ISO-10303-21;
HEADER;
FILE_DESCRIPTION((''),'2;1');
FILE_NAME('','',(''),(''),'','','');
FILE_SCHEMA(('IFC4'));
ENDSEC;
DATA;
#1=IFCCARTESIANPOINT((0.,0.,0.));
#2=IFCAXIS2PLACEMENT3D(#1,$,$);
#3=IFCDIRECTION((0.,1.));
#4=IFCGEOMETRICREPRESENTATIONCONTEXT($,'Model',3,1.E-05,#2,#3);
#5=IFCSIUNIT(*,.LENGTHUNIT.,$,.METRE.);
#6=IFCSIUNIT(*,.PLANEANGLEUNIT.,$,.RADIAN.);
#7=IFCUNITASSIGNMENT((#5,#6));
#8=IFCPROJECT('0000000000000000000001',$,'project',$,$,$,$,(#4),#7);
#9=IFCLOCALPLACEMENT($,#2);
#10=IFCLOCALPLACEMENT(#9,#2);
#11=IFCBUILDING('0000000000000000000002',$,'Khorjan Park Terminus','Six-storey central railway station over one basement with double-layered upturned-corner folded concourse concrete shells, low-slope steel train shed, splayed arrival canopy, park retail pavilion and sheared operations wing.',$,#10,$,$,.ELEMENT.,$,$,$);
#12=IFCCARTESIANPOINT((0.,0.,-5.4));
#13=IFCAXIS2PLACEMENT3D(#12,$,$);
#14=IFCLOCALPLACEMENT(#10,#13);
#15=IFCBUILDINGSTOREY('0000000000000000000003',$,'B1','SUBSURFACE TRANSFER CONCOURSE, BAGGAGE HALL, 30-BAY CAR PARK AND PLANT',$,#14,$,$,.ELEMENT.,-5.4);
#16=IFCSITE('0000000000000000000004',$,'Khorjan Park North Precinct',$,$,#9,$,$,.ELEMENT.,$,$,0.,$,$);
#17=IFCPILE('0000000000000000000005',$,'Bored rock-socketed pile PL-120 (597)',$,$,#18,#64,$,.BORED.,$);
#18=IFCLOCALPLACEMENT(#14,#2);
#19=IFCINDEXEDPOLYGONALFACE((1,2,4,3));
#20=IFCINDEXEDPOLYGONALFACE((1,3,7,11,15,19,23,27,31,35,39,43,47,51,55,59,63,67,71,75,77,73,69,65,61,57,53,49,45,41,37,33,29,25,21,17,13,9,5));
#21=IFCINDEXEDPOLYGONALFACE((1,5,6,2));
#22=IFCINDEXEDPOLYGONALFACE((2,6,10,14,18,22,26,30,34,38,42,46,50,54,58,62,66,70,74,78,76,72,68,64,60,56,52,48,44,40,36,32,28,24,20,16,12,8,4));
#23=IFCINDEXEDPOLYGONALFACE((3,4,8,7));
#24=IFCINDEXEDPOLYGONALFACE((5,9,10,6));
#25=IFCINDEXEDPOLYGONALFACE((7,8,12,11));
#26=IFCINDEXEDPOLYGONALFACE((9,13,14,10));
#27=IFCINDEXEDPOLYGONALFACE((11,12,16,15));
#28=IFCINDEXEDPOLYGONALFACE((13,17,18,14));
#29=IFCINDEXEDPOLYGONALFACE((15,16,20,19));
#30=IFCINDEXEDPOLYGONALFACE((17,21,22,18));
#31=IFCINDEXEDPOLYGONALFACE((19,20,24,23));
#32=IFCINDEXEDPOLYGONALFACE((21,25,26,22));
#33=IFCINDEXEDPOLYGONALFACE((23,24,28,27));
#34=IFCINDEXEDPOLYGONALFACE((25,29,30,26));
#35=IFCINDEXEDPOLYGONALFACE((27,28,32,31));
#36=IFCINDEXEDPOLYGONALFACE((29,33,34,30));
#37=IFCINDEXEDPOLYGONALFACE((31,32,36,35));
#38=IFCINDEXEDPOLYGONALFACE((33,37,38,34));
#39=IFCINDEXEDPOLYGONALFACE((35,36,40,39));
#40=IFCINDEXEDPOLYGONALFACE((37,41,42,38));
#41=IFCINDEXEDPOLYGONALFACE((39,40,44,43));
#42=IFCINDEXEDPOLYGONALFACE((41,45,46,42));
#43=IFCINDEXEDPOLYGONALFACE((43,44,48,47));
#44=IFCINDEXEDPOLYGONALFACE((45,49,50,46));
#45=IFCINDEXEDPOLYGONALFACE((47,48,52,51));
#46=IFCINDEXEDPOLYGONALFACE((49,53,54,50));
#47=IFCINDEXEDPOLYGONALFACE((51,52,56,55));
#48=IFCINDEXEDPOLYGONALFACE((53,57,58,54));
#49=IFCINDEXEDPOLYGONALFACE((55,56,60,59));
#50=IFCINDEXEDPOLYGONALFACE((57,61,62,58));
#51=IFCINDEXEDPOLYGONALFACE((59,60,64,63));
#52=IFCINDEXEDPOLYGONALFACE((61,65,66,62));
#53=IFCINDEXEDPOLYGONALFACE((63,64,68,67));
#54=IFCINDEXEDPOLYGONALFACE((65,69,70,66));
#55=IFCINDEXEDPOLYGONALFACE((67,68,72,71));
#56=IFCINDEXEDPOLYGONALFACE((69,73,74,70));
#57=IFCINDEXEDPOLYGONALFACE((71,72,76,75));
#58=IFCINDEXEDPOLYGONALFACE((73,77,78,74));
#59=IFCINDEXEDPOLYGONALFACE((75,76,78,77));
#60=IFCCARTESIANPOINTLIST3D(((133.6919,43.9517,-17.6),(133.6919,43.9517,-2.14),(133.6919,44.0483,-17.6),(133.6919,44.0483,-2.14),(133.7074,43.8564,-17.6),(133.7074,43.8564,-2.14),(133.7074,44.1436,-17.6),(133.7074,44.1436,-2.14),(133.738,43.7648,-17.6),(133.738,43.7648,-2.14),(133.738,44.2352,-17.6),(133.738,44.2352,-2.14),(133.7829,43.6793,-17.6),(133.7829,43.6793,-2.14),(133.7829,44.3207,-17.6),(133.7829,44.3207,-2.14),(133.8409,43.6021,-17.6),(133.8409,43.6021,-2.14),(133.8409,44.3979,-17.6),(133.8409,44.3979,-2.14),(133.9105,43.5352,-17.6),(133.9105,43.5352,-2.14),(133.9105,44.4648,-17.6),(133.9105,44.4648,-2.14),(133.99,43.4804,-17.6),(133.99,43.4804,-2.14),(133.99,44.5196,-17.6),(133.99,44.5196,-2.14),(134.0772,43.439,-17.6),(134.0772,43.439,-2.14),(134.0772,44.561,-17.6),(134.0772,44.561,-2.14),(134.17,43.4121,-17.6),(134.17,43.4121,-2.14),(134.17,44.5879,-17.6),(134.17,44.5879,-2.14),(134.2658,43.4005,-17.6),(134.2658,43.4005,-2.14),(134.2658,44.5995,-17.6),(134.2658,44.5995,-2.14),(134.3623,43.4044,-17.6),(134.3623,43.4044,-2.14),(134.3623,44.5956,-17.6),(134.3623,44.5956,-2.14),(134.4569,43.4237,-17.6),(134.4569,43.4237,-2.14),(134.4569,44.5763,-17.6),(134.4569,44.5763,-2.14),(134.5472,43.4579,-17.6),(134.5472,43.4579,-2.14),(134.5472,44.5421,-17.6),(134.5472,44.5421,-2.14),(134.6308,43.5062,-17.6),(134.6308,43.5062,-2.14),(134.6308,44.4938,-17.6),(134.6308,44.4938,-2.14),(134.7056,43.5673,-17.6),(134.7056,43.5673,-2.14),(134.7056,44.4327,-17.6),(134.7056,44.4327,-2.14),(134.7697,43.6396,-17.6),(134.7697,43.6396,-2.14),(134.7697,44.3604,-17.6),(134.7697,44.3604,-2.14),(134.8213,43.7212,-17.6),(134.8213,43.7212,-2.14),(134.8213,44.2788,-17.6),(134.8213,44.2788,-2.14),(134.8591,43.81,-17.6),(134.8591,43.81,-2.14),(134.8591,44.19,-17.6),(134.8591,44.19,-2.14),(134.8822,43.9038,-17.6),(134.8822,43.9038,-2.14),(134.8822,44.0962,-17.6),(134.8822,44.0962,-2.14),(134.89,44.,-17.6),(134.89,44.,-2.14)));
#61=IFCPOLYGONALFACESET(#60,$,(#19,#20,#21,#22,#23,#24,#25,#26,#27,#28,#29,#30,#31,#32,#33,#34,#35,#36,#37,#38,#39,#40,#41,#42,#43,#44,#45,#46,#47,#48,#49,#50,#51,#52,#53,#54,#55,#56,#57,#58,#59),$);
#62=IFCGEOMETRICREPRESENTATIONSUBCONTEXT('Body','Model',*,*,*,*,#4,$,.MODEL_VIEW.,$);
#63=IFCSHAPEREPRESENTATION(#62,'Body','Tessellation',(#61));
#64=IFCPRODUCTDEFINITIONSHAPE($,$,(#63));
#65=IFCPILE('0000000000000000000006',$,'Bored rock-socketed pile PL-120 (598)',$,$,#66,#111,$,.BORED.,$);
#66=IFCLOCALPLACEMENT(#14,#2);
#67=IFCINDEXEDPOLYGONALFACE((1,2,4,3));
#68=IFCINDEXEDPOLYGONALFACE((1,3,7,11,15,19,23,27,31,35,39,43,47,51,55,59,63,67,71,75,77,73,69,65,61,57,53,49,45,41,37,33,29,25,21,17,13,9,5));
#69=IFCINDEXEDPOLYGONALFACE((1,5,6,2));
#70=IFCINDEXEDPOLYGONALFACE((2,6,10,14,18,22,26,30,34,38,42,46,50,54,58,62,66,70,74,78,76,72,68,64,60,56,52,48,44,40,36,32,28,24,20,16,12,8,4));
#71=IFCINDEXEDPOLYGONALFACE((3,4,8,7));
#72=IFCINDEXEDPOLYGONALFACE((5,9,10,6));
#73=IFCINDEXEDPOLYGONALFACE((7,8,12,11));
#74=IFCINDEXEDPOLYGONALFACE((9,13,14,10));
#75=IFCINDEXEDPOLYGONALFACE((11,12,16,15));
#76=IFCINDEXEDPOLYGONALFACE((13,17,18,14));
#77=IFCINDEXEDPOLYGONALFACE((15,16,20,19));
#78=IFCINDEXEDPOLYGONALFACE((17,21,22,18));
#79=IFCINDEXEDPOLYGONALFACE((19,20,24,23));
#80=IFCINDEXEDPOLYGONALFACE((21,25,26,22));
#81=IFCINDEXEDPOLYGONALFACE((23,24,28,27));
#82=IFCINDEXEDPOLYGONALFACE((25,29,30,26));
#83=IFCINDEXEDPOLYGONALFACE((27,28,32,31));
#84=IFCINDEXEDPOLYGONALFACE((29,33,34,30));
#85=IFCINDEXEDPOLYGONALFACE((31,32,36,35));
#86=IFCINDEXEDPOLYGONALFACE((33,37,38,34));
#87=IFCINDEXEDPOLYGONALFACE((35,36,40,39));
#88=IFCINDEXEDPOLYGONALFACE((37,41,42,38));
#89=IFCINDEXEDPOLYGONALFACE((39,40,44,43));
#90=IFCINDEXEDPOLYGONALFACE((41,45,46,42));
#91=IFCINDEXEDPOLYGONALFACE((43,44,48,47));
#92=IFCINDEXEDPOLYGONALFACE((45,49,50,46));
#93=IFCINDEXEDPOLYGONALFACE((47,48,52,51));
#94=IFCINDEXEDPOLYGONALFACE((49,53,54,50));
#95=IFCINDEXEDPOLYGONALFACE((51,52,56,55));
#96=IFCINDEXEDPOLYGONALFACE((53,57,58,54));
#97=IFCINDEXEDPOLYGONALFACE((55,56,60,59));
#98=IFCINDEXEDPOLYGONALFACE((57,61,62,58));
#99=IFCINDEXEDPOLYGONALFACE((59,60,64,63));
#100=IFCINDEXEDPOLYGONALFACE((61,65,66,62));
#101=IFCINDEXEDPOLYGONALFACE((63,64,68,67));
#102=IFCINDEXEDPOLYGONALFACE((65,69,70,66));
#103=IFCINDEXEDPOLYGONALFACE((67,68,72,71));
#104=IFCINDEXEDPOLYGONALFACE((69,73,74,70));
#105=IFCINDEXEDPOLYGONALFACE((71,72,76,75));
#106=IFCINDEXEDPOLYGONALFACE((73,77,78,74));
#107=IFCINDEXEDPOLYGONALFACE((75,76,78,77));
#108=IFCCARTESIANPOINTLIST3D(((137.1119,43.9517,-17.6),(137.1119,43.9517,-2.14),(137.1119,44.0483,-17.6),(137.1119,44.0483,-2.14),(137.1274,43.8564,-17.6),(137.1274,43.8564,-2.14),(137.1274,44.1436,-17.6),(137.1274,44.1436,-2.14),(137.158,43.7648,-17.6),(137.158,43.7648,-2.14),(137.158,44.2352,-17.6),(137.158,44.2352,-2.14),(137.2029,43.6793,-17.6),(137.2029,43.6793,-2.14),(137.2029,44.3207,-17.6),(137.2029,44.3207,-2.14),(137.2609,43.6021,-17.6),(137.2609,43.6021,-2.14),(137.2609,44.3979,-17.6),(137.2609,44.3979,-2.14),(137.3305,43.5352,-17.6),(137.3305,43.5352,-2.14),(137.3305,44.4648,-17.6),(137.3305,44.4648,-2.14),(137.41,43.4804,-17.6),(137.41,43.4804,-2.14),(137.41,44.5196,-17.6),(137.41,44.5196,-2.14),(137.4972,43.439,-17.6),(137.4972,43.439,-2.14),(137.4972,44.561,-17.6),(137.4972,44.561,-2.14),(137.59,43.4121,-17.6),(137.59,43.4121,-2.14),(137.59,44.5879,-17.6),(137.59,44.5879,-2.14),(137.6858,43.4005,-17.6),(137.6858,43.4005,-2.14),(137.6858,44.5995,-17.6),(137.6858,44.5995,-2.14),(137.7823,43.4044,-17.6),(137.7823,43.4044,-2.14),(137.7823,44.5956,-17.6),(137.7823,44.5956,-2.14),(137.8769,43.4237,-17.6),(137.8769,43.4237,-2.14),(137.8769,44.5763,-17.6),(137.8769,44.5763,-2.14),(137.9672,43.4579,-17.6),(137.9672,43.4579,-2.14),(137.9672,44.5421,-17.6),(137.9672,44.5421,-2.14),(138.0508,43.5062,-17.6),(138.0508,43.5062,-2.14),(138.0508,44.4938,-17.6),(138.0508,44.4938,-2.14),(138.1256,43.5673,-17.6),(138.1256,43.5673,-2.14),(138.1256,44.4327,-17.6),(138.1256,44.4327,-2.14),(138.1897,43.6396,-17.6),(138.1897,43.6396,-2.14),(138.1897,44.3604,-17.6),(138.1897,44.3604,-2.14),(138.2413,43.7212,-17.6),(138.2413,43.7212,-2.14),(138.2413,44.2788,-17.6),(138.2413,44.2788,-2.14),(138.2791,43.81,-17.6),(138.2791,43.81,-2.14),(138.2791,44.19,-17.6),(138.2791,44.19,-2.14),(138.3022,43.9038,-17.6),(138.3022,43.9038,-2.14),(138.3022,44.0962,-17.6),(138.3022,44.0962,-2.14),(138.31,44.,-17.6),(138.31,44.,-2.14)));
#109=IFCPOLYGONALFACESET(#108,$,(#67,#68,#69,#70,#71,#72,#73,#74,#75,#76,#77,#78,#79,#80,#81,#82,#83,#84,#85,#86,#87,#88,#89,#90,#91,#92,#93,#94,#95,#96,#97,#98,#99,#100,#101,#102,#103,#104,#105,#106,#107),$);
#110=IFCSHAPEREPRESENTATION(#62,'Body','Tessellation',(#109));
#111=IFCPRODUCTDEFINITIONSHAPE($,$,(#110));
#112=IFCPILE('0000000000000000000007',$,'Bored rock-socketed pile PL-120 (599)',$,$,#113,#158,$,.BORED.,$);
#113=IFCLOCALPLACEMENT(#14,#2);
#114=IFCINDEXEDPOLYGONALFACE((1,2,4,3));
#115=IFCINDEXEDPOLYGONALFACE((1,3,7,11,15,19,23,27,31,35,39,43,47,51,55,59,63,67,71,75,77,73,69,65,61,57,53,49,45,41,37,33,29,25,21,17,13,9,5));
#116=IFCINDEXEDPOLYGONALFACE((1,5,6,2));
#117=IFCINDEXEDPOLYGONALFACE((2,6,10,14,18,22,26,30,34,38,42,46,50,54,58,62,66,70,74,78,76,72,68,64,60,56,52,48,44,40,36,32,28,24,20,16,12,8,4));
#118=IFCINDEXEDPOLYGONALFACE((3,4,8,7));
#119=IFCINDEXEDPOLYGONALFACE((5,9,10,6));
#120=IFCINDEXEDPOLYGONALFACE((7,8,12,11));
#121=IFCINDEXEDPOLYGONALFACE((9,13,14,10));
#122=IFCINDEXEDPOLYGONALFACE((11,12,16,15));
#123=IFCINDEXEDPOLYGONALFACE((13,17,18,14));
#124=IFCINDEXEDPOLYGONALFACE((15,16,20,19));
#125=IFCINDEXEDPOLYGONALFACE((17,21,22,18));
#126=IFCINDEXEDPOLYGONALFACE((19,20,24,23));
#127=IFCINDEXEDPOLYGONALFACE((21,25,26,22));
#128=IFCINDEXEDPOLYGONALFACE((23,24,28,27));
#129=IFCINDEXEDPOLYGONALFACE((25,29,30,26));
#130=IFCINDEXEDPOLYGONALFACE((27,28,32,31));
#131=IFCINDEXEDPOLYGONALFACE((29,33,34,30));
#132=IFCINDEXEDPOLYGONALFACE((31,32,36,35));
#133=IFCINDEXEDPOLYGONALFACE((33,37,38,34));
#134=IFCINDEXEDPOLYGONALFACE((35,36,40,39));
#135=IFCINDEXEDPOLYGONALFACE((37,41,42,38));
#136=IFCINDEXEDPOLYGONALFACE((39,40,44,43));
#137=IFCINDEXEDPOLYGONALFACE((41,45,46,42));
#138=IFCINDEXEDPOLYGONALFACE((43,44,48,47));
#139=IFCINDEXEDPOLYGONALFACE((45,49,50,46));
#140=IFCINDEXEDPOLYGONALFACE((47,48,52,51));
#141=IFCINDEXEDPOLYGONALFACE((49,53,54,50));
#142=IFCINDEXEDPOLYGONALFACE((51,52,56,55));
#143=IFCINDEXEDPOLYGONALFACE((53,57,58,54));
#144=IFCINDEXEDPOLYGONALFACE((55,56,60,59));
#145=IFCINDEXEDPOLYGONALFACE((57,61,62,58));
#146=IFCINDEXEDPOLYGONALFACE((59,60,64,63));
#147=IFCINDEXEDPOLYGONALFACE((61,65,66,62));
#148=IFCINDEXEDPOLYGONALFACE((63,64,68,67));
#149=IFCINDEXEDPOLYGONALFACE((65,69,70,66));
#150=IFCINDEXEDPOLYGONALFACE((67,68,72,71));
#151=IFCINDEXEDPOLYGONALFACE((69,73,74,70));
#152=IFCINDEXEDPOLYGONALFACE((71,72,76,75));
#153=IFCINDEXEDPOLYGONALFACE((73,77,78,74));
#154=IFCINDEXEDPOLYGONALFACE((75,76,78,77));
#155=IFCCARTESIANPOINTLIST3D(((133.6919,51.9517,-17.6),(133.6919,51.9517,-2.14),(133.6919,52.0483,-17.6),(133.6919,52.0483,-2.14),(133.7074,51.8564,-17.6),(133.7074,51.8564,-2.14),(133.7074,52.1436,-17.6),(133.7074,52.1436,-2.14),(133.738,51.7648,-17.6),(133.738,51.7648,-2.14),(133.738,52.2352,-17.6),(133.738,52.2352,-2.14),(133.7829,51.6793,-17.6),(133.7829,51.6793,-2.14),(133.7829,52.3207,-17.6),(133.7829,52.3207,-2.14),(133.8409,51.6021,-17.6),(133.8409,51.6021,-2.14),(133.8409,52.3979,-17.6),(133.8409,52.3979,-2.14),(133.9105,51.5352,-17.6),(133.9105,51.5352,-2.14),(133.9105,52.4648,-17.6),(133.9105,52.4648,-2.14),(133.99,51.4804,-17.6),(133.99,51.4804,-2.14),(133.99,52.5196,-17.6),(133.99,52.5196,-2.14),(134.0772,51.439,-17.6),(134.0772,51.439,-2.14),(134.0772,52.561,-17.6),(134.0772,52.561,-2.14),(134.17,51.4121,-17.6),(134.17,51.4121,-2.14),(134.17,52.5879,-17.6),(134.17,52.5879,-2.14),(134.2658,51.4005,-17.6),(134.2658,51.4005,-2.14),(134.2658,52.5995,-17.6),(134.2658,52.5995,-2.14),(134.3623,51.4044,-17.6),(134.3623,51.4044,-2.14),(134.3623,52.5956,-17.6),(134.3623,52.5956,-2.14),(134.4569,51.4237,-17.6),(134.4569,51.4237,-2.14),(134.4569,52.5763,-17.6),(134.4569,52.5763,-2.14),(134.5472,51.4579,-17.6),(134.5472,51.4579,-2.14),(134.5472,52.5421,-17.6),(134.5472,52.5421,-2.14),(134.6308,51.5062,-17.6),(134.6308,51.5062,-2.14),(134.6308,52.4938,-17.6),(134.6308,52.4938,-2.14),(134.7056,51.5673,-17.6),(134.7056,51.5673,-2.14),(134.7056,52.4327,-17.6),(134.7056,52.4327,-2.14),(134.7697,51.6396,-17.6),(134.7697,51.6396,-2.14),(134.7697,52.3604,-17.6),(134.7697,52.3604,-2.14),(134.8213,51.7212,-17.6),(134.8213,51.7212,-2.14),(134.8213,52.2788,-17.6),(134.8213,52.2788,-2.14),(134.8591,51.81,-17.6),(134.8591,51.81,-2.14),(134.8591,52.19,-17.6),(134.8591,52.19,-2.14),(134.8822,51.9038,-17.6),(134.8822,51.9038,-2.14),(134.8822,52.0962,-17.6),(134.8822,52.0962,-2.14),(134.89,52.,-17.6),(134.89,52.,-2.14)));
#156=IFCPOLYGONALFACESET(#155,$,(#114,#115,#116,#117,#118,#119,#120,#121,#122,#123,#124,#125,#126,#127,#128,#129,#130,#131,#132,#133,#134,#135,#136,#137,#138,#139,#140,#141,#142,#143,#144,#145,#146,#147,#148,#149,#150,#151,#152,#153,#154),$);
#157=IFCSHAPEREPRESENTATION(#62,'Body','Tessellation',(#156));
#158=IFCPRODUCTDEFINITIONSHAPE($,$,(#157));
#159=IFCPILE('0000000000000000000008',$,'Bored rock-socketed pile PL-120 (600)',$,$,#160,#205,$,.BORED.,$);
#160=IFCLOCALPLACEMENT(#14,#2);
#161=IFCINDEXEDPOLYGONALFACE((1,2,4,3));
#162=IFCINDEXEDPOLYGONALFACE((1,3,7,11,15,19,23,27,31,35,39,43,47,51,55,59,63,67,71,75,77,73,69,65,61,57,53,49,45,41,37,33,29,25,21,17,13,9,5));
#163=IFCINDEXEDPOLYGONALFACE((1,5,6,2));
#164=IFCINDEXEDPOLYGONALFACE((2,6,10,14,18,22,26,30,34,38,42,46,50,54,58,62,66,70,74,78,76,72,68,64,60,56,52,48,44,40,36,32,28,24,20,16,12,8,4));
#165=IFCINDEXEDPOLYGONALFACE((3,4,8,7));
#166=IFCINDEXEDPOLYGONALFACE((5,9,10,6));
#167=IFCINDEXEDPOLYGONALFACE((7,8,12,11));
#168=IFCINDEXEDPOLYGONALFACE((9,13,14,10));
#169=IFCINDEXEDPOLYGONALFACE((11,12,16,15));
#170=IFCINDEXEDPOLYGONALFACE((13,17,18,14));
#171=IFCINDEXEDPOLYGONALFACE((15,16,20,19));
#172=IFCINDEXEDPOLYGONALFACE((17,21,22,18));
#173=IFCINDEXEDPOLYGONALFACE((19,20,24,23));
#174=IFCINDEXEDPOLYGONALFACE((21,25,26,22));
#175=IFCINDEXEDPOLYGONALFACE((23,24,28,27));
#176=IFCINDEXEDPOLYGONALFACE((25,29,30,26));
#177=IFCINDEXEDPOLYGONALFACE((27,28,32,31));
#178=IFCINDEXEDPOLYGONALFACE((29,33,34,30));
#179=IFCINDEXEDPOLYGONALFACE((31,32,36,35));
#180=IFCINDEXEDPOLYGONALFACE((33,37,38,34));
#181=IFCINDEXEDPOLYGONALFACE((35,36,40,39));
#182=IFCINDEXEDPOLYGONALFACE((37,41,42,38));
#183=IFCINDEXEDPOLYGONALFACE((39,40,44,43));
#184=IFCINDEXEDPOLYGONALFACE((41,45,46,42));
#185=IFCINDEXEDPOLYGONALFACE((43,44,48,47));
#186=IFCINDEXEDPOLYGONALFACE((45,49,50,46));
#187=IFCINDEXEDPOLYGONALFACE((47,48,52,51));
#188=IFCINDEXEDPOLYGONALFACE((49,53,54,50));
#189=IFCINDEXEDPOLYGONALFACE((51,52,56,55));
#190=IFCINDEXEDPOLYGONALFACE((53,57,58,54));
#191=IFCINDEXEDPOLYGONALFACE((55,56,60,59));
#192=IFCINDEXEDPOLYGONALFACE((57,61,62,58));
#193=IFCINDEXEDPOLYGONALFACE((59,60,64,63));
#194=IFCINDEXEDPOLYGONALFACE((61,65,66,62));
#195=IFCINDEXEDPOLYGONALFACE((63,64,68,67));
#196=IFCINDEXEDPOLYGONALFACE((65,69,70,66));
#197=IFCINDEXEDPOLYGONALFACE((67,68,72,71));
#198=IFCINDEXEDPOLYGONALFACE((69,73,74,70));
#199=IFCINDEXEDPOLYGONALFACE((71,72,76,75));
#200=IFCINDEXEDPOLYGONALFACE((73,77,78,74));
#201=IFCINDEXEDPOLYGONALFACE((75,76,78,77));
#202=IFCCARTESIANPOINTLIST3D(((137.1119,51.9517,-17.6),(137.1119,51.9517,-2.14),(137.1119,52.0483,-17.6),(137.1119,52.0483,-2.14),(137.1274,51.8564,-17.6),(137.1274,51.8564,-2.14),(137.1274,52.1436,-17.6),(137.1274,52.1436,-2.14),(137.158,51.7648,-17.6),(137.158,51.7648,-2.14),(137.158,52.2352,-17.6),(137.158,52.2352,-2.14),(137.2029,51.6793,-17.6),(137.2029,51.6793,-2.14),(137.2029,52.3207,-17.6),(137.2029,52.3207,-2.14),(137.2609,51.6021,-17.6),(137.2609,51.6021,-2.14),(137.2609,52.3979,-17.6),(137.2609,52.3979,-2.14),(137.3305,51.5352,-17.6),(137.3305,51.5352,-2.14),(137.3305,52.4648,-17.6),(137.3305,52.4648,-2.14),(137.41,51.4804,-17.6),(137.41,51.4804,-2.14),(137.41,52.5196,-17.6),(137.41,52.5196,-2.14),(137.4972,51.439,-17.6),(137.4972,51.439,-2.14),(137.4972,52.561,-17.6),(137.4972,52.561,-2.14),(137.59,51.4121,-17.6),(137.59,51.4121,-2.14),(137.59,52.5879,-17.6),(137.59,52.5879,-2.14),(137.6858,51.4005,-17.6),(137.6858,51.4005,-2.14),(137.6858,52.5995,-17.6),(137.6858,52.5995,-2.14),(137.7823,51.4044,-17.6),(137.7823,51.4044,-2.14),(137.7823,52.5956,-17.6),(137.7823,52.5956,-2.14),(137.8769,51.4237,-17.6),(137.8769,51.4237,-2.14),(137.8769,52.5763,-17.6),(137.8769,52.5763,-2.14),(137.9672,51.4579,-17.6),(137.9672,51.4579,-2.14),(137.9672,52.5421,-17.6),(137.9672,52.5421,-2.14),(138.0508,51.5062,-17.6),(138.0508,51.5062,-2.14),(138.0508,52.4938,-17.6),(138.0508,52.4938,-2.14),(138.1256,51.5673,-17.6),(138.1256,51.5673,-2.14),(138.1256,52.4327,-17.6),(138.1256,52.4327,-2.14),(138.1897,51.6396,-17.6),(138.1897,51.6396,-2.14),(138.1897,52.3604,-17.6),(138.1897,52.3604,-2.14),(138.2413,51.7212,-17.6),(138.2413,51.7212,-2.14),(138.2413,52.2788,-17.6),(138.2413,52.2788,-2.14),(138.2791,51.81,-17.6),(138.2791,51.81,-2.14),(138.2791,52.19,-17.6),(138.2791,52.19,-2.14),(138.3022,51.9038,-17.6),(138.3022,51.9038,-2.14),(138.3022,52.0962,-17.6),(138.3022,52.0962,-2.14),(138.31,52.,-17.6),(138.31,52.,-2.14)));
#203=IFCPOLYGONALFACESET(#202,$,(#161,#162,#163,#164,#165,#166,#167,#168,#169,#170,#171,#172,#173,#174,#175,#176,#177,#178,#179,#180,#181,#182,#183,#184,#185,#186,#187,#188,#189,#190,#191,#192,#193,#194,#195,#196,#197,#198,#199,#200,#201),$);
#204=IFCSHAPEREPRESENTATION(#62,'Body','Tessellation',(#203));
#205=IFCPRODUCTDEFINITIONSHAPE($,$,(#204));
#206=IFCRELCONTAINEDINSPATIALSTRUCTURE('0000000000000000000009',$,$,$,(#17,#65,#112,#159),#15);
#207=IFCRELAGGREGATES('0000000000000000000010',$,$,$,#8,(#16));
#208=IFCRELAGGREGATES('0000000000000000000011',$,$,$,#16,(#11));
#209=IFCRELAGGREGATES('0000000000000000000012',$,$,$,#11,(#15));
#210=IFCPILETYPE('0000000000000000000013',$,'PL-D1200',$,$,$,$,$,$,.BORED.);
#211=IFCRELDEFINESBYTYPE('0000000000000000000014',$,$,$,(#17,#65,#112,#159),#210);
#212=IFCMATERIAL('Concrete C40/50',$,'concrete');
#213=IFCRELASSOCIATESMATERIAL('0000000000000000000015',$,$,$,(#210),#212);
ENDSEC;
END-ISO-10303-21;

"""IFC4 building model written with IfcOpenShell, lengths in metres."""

from ifc_helpers import new_model, si_unit, direction, frame, origin, origin_2d, place, context, subcontext, project, spatial, circle, extrude, material, material_profile, profile_set, type_object, element, save


model = new_model("IFC4")

# Units and contexts
model_context = context("Model", 3, precision=1e-05, world=origin(), true_north=direction((0.0, 1.0)))
body_context = subcontext(model_context, "Body", "Model", "MODEL_VIEW")
ifc_project = project(units=[si_unit("LENGTHUNIT", "METRE"), si_unit("PLANEANGLEUNIT", "RADIAN")], contexts=[model_context])

# Site, building, storey
site_placement = place(None, origin())
site = spatial("IfcSite", under=ifc_project, at=site_placement, Name="Khorjan Park North Precinct", CompositionType="ELEMENT", RefElevation=0.0)
building_placement = place(site_placement, origin())
building = spatial("IfcBuilding", under=site, at=building_placement, Name="Khorjan Park Terminus", Description="Six-storey central railway station over one basement with double-layered upturned-corner folded concourse concrete shells, low-slope steel train shed, splayed arrival canopy, park retail pavilion and sheared operations wing.", CompositionType="ELEMENT")
storey_placement = place(building_placement, frame((0.0, 0.0, -5.4)))
storey = spatial("IfcBuildingStorey", under=building, at=storey_placement, Name="B1", Description="SUBSURFACE TRANSFER CONCOURSE, BAGGAGE HALL, 30-BAY CAR PARK AND PLANT", CompositionType="ELEMENT", Elevation=-5.4)

# Piles
ifc_material_1 = material(Name="Concrete C40/50", Category="concrete")
ifc_material_profile_1 = material_profile(ifc_material_1, circle(Radius=0.6, at=origin_2d()), Name="BORED D1200")
ifc_profile_set_1 = profile_set([ifc_material_profile_1], Name="Concrete C40/50")
pile_type_1 = type_object("IfcPileType", Name="PL-D1200", PredefinedType="BORED", material=ifc_profile_set_1)
for number, where, z_axis, x_axis, name in (
    (1, (134.29, 44.0, -2.14), (0.0, 0.0, -1.0), (1.0, 0.0, 0.0), "Bored rock-socketed pile PL-120 (597)"),
    (2, (137.71, 44.0, -2.14), (0.0, 0.0, -1.0), (1.0, 0.0, 0.0), "Bored rock-socketed pile PL-120 (598)"),
    (3, (134.29, 52.0, -2.14), (0.0, 0.0, -1.0), (1.0, 0.0, 0.0), "Bored rock-socketed pile PL-120 (599)"),
    (4, (137.71, 52.0, -2.14), (0.0, 0.0, -1.0), (1.0, 0.0, 0.0), "Bored rock-socketed pile PL-120 (600)"),
):
    element("IfcPile", number, at=place(storey_placement, frame(where, z_axis=z_axis, x_axis=x_axis)), inside=storey, type_object=pile_type_1, Name=name, PredefinedType="BORED", context=body_context, shape_type="SweptSolid", body=[
        extrude(circle(Radius=0.6, at=origin_2d()), origin(), (0.0, 0.0, 1.0), 15.46),
    ])

save(model, "model.ifc")
